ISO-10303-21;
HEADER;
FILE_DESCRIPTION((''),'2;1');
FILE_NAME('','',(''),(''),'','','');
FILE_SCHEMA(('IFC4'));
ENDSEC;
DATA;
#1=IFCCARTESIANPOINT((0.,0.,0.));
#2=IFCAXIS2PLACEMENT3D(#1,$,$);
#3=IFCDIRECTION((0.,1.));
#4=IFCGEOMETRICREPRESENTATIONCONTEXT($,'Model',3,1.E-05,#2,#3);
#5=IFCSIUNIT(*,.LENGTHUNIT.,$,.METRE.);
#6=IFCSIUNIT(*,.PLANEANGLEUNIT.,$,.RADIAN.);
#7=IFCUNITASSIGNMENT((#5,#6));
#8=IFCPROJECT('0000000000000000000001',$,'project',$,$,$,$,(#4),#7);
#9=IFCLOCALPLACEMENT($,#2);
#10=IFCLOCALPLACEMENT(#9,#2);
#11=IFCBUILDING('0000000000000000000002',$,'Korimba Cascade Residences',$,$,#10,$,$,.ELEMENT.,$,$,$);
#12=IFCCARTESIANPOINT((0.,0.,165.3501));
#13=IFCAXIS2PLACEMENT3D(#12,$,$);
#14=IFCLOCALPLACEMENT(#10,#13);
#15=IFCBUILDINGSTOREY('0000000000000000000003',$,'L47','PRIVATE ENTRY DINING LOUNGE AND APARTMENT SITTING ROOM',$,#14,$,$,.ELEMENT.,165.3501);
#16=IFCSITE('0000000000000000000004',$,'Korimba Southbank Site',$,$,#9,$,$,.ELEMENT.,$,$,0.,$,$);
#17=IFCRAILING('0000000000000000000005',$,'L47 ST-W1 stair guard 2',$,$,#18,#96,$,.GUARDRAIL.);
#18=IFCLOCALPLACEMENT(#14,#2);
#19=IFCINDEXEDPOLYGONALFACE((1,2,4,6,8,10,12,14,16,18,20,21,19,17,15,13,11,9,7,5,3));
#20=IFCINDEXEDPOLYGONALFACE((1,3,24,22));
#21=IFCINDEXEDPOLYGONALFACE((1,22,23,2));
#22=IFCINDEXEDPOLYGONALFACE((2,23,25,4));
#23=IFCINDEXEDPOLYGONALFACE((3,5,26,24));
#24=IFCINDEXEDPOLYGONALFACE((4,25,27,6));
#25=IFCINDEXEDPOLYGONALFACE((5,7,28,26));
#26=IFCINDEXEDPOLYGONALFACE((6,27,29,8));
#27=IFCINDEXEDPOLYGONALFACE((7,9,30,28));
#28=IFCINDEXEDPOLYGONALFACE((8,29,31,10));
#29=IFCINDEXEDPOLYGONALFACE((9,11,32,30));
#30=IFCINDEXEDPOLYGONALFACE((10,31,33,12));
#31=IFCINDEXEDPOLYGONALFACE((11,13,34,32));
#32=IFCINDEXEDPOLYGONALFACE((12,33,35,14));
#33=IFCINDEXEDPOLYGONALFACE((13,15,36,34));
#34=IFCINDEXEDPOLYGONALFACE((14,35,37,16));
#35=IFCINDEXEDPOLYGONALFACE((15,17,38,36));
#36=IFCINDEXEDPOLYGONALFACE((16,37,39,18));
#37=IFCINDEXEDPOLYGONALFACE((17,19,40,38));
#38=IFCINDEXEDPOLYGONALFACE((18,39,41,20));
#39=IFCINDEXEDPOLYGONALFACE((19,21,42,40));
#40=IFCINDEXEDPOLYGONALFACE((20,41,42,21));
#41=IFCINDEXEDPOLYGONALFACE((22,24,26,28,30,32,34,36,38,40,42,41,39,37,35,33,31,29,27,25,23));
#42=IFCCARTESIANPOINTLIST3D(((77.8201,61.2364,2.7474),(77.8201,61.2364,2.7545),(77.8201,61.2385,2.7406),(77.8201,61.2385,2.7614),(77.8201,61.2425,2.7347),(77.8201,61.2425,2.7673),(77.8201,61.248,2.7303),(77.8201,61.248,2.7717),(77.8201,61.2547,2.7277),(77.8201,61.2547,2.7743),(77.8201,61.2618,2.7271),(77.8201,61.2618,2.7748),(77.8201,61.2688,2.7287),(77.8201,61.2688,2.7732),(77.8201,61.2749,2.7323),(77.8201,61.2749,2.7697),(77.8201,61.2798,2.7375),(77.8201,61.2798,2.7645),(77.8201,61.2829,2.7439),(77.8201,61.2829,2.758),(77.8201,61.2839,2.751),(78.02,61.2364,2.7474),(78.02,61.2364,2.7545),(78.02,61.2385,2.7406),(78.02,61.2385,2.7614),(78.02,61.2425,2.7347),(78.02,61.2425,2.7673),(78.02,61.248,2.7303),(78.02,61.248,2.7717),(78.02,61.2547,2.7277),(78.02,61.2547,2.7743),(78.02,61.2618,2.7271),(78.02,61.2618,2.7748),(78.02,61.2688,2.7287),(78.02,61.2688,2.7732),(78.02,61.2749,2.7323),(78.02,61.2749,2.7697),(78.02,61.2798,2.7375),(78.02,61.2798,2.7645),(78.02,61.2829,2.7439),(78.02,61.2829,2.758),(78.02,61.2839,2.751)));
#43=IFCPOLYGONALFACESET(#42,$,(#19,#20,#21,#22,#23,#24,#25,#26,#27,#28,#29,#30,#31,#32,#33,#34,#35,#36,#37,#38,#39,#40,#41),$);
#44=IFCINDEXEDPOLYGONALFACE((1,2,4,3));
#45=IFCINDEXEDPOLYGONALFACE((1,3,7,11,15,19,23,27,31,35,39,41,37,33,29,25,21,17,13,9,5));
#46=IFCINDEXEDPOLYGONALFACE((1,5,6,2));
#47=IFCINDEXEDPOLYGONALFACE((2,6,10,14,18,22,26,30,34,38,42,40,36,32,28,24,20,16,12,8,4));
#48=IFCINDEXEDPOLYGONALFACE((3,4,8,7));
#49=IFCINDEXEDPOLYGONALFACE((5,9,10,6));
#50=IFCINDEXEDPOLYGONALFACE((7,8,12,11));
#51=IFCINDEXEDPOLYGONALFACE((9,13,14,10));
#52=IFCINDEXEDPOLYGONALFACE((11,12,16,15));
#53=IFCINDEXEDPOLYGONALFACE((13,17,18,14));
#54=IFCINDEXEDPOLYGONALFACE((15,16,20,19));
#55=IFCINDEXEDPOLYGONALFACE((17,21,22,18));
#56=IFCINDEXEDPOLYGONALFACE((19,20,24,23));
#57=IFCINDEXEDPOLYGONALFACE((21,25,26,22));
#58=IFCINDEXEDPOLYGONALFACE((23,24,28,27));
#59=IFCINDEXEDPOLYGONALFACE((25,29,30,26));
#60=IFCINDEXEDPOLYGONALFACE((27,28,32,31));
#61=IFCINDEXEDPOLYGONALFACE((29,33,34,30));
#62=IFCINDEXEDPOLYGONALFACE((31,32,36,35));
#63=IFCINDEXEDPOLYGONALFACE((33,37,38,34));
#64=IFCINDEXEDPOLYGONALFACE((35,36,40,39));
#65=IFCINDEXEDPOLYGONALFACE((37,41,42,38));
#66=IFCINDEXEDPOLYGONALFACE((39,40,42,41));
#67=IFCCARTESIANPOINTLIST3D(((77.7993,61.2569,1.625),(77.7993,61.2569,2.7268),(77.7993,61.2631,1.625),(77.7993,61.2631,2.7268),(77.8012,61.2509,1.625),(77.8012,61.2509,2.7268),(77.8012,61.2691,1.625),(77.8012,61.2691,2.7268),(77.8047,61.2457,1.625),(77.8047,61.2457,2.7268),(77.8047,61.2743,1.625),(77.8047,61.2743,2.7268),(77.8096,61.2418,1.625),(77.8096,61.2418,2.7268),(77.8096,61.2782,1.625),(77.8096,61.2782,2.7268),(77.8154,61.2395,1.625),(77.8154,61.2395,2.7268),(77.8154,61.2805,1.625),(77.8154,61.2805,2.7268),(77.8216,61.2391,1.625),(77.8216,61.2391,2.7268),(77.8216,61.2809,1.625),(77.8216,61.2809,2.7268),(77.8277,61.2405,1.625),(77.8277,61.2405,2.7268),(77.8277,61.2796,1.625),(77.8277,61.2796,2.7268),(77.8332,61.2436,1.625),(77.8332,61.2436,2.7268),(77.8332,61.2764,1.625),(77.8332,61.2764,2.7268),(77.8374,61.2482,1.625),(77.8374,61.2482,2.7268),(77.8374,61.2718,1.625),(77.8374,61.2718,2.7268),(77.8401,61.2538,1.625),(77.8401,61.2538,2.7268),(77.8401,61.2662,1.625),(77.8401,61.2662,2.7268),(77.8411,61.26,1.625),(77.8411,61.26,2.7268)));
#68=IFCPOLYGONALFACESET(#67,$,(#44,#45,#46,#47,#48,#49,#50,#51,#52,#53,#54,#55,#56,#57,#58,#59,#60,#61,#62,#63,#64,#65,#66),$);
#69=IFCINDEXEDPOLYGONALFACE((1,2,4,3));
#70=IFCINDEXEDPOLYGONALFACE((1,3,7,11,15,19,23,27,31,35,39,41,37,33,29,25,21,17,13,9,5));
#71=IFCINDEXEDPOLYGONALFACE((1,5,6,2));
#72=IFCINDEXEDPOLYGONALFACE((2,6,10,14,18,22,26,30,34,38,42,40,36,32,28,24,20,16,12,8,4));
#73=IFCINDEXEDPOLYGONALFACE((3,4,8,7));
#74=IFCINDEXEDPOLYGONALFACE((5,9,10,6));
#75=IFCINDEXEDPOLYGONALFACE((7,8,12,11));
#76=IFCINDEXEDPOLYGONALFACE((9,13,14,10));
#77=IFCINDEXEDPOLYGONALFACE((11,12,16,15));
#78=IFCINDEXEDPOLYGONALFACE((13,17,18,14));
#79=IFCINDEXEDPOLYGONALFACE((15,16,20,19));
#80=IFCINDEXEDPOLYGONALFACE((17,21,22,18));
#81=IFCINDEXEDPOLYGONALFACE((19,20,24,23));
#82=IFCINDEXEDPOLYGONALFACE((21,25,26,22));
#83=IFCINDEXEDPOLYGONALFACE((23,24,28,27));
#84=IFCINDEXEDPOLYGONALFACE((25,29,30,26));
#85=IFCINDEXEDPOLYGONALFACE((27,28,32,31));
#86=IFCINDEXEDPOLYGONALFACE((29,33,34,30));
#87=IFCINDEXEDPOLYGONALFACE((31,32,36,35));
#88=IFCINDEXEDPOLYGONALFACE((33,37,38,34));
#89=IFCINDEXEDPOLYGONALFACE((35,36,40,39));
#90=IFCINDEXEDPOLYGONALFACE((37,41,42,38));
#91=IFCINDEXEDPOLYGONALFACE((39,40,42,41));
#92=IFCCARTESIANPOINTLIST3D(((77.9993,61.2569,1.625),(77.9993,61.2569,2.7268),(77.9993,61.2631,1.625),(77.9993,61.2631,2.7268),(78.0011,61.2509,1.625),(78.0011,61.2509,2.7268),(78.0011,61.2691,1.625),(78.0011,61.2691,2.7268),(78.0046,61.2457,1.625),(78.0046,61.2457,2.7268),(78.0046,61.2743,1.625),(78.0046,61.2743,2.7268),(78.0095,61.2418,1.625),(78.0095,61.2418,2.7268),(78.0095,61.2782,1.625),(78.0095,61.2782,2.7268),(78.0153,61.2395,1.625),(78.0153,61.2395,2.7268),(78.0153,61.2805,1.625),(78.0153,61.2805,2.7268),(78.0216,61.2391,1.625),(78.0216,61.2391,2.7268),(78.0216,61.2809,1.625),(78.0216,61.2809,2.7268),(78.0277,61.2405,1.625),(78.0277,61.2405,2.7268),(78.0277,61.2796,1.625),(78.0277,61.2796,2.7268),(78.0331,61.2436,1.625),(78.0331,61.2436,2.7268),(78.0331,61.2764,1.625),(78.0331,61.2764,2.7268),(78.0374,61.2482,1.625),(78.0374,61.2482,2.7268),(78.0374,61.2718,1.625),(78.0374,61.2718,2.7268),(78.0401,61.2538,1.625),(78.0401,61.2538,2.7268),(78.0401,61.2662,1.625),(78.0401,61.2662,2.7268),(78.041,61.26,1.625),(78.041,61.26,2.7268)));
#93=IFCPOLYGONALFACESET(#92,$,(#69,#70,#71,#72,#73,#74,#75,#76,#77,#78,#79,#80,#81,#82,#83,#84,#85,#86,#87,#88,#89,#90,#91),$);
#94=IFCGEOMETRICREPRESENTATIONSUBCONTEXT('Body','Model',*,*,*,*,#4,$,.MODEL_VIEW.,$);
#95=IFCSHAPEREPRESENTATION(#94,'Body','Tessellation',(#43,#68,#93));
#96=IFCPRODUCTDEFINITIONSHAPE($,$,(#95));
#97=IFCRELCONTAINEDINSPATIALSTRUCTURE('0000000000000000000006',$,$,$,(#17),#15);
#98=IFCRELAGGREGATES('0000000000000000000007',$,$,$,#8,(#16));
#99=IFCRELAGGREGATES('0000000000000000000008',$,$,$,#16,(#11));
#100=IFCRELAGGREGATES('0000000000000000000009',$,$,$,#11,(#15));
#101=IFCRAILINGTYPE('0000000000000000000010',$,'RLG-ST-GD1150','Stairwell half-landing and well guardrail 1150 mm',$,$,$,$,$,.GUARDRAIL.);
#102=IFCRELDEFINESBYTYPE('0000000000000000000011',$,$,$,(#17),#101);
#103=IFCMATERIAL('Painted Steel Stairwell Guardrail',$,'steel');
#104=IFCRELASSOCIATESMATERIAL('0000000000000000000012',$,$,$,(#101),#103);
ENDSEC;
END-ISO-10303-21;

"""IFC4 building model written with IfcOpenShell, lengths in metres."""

from ifc_helpers import new_model, si_unit, direction, frame, origin, origin_2d, place, context, subcontext, project, spatial, circle, extrude, material, type_object, element, save


model = new_model("IFC4")

# Units and contexts
model_context = context("Model", 3, precision=1e-05, world=origin(), true_north=direction((0.0, 1.0)))
body_context = subcontext(model_context, "Body", "Model", "MODEL_VIEW")
ifc_project = project(units=[si_unit("LENGTHUNIT", "METRE"), si_unit("PLANEANGLEUNIT", "RADIAN")], contexts=[model_context])

# Site, building, storey
site_placement = place(None, origin())
site = spatial("IfcSite", under=ifc_project, at=site_placement, Name="Korimba Southbank Site", CompositionType="ELEMENT", RefElevation=0.0)
building_placement = place(site_placement, origin())
building = spatial("IfcBuilding", under=site, at=building_placement, Name="Korimba Cascade Residences", CompositionType="ELEMENT")
storey_placement = place(building_placement, frame((0.0, 0.0, 165.3501)))
storey = spatial("IfcBuildingStorey", under=building, at=storey_placement, Name="L47", Description="PRIVATE ENTRY DINING LOUNGE AND APARTMENT SITTING ROOM", CompositionType="ELEMENT", Elevation=165.3501)

# Railing
ifc_material_1 = material(Name="Painted Steel Stairwell Guardrail", Category="steel")
railing_type = type_object("IfcRailingType", Name="RLG-ST-GD1150", Description="Stairwell half-landing and well guardrail 1150 mm", PredefinedType="GUARDRAIL", material=ifc_material_1)
railing_placement = place(storey_placement, frame((77.8201, 61.26, 1.625)))
element("IfcRailing", 1, at=railing_placement, inside=storey, type_object=railing_type, Name="L47 ST-W1 stair guard 2", PredefinedType="GUARDRAIL", context=body_context, shape_type="SweptSolid", body=[
    extrude(circle(Radius=0.0239, at=origin_2d()), frame((0.0, 0.0, 1.126), z_axis=(1.0, 0.0, 0.0), x_axis=(0.0, 1.0, 0.0)), (0.0, 0.0, 1.0), 0.2),
    extrude(circle(Radius=0.021, at=origin_2d()), origin(), (0.0, 0.0, 1.0), 1.1018),
    extrude(circle(Radius=0.021, at=origin_2d()), frame((0.2, 0.0, 0.0)), (0.0, 0.0, 1.0), 1.1018),
])

save(model, "model.ifc")
